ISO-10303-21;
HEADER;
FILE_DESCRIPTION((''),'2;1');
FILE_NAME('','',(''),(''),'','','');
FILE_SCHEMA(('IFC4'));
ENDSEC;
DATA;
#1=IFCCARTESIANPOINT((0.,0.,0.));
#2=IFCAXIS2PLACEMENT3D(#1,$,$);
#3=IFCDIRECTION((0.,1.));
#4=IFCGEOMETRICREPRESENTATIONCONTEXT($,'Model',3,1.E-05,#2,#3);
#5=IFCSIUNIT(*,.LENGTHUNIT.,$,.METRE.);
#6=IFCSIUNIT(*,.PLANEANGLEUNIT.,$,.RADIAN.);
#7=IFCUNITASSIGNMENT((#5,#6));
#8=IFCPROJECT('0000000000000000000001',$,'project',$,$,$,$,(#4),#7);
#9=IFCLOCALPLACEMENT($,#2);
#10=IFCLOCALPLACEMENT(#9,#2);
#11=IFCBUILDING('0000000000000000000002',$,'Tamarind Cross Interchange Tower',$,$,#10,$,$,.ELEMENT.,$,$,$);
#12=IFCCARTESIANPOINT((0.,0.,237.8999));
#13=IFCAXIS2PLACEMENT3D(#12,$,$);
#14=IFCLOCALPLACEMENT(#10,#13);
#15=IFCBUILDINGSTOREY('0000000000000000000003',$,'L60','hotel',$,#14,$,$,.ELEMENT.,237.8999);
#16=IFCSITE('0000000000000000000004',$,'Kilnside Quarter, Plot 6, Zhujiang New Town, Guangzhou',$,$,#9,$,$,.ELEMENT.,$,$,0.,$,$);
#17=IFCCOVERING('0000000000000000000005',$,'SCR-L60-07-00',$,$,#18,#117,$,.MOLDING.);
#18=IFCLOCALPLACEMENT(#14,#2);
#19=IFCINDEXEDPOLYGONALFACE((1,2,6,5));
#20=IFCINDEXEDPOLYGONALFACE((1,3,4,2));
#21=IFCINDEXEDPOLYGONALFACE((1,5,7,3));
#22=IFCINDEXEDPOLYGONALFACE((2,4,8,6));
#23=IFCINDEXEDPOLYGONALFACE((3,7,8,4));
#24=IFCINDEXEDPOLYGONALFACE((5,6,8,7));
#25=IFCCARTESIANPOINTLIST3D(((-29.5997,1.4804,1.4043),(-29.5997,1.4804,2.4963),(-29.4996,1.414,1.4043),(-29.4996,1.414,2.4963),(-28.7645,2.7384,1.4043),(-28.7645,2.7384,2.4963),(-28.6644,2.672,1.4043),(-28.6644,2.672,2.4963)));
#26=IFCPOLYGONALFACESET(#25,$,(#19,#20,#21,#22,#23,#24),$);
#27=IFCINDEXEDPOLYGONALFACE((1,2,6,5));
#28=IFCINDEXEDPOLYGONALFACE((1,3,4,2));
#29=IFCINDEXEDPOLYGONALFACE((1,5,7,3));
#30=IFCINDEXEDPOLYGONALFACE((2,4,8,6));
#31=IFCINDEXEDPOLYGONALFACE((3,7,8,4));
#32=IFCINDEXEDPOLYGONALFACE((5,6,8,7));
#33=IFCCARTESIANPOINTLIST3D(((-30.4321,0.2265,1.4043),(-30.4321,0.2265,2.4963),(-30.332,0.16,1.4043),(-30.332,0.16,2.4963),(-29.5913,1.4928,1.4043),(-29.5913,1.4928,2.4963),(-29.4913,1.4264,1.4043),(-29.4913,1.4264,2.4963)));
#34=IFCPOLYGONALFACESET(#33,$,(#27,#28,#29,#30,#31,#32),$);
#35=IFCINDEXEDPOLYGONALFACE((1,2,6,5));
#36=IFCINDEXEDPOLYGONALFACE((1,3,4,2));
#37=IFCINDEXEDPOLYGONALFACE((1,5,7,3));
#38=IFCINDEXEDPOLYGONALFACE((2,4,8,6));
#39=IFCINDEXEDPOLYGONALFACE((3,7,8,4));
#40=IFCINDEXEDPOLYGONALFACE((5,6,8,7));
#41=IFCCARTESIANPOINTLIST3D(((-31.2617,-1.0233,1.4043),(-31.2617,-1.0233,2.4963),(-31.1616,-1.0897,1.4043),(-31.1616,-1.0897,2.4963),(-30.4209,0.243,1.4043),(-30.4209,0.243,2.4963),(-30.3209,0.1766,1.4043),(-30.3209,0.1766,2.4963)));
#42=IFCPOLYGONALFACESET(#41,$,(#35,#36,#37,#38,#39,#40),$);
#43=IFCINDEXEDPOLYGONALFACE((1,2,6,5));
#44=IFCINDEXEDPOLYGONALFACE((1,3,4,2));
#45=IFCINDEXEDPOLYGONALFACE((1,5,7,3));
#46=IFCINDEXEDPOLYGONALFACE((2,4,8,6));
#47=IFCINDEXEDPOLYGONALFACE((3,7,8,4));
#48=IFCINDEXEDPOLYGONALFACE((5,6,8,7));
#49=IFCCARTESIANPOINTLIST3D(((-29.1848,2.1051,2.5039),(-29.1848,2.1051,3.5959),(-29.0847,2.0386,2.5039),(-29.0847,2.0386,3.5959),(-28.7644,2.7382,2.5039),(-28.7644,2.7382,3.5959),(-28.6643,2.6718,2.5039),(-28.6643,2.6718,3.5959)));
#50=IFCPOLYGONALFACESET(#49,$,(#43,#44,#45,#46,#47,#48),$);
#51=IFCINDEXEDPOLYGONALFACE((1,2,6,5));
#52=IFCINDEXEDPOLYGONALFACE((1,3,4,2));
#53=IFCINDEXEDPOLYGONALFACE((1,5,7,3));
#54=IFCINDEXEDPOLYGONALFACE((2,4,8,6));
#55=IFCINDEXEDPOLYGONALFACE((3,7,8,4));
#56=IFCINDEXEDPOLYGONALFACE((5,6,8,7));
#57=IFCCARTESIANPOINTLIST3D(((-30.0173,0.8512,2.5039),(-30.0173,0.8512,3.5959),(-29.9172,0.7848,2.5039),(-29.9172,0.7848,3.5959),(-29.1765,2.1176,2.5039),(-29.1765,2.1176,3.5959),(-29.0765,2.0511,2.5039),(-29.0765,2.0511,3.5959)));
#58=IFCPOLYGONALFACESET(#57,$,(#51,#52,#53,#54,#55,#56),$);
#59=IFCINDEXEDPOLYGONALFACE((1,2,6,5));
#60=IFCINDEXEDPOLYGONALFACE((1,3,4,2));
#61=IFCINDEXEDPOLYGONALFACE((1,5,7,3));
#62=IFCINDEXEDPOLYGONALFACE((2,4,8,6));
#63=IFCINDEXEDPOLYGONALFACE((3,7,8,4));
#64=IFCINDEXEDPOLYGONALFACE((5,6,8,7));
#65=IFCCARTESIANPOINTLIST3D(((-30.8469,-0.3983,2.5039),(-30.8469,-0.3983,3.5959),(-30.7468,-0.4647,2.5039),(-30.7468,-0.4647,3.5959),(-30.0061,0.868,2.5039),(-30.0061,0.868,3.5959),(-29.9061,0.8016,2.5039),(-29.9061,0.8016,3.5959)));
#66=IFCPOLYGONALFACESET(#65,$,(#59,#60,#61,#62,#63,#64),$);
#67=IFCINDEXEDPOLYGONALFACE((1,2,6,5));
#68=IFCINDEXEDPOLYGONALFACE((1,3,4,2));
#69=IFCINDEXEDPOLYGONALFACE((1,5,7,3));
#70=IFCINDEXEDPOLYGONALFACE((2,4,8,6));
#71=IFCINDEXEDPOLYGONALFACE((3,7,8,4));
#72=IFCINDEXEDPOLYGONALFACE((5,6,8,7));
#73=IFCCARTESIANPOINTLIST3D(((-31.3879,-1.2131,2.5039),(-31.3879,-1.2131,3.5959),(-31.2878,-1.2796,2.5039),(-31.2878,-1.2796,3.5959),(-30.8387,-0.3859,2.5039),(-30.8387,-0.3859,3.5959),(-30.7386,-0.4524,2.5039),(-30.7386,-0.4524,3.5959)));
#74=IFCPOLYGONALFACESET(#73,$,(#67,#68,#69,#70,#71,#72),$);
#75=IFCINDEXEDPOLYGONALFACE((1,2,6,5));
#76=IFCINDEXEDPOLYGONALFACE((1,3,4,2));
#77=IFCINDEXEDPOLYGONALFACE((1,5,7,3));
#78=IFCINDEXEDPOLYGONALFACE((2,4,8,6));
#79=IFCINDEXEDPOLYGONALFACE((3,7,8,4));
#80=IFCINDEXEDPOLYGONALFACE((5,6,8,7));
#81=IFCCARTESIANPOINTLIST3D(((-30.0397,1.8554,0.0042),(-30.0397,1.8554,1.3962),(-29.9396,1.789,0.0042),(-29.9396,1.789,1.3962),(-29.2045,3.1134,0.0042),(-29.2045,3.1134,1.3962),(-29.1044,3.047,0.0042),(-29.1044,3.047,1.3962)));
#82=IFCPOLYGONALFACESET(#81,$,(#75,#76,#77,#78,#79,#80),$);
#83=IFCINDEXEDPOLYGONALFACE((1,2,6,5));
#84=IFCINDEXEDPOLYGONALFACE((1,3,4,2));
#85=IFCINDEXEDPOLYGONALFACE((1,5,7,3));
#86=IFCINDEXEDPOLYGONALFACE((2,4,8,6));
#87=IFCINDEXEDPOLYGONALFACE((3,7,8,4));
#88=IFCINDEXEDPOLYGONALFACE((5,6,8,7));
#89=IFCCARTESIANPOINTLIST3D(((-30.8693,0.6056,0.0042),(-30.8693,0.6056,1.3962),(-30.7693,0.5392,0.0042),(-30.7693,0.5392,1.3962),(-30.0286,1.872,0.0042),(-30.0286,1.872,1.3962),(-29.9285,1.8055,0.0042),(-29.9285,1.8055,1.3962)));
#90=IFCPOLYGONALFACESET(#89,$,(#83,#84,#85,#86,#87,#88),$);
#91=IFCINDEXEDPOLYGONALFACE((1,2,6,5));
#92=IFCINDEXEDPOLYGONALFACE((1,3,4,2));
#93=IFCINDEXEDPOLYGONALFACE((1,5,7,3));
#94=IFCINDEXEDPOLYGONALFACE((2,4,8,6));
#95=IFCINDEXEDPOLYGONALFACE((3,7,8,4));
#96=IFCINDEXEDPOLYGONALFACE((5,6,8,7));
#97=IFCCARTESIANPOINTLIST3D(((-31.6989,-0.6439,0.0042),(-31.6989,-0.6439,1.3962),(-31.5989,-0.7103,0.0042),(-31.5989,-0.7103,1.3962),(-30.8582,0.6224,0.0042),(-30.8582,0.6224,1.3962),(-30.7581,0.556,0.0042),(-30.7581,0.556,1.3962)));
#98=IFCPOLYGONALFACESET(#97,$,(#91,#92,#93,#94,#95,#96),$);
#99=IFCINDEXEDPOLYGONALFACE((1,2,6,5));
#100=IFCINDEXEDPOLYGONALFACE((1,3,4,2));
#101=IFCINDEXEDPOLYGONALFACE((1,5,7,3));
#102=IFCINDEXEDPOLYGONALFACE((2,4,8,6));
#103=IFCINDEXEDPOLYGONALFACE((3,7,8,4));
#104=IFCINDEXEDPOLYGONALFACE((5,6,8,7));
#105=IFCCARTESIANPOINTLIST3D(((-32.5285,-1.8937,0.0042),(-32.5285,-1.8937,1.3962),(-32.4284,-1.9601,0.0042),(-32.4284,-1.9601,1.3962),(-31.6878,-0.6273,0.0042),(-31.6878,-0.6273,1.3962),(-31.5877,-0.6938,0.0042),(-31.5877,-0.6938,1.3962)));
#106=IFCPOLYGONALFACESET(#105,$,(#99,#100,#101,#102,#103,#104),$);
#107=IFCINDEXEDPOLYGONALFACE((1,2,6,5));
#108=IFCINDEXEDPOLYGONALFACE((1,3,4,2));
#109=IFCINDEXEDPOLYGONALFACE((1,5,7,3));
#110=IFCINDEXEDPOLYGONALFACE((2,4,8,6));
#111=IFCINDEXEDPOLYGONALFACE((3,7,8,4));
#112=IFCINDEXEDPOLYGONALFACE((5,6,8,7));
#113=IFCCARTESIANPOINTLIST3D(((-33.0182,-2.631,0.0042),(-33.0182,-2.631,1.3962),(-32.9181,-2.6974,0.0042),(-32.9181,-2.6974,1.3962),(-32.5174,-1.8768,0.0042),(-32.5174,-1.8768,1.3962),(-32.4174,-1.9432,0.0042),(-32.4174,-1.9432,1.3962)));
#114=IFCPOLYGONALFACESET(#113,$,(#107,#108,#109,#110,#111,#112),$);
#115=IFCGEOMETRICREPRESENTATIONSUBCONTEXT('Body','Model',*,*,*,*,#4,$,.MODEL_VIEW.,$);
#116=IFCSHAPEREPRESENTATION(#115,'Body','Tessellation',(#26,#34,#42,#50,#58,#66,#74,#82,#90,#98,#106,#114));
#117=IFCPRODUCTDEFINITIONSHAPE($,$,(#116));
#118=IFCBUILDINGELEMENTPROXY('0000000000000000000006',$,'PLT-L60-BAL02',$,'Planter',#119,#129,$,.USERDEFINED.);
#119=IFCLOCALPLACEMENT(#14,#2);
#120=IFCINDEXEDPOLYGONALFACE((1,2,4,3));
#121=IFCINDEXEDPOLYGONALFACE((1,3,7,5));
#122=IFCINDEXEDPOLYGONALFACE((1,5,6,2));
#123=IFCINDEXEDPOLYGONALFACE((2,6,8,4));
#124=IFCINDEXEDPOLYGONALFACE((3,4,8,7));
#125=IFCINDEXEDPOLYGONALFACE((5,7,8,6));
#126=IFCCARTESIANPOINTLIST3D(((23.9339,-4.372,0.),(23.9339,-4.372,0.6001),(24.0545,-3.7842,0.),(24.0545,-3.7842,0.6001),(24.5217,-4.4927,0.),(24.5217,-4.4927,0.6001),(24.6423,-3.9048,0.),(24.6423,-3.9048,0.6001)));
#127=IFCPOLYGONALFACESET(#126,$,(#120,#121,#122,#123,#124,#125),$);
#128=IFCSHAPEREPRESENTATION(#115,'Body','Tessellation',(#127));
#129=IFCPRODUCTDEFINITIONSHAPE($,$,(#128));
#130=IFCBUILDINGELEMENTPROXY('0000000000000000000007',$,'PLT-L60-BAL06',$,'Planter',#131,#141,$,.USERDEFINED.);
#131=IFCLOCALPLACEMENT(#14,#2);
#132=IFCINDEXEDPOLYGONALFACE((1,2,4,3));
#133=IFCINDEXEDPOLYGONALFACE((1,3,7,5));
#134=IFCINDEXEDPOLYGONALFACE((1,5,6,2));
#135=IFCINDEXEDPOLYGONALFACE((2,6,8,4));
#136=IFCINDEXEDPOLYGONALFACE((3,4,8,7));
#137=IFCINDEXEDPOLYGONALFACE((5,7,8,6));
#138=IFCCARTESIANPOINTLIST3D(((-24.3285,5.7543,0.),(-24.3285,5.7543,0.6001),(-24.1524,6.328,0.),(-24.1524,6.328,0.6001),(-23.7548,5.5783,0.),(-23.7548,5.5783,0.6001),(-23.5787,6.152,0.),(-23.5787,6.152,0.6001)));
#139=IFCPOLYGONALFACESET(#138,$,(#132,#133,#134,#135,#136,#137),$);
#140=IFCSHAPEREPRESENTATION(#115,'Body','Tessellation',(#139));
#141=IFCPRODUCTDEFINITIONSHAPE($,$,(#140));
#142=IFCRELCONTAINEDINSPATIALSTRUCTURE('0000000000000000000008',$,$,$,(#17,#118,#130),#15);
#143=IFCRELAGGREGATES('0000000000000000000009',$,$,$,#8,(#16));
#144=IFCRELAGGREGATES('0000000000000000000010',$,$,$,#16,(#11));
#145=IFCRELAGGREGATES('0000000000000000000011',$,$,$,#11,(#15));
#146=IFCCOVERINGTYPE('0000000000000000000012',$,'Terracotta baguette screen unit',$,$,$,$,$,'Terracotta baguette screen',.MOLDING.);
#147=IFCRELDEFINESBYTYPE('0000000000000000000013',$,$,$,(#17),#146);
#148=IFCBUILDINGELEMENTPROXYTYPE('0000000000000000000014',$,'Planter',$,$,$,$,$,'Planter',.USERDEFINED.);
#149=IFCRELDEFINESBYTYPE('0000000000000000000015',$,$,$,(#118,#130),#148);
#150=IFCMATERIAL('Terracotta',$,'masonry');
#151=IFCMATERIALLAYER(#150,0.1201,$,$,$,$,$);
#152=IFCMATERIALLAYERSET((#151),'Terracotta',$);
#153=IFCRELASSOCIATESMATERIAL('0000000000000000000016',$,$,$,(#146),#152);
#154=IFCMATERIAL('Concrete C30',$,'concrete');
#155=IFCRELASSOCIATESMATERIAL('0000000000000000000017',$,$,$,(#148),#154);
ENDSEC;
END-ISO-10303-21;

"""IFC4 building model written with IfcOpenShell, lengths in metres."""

from ifc_helpers import new_model, si_unit, direction, frame, origin, origin_2d, place, context, subcontext, project, spatial, rectangle, extrude, material, layer, layer_set, type_object, element, save


model = new_model("IFC4")

# Units and contexts
model_context = context("Model", 3, precision=1e-05, world=origin(), true_north=direction((0.0, 1.0)))
body_context = subcontext(model_context, "Body", "Model", "MODEL_VIEW")
ifc_project = project(units=[si_unit("LENGTHUNIT", "METRE"), si_unit("PLANEANGLEUNIT", "RADIAN")], contexts=[model_context])

# Site, building, storey
site_placement = place(None, origin())
site = spatial("IfcSite", under=ifc_project, at=site_placement, Name="Kilnside Quarter, Plot 6, Zhujiang New Town, Guangzhou", CompositionType="ELEMENT", RefElevation=0.0)
building_placement = place(site_placement, origin())
building = spatial("IfcBuilding", under=site, at=building_placement, Name="Tamarind Cross Interchange Tower", CompositionType="ELEMENT")
storey_placement = place(building_placement, frame((0.0, 0.0, 237.8999)))
storey = spatial("IfcBuildingStorey", under=building, at=storey_placement, Name="L60", Description="hotel", CompositionType="ELEMENT", Elevation=237.8999)

# Covering
ifc_material_1 = material(Name="Terracotta", Category="masonry")
ifc_layer_1 = layer(ifc_material_1, 0.1201)
ifc_layer_set_1 = layer_set([ifc_layer_1], Name="Terracotta")
covering_type = type_object("IfcCoveringType", Name="Terracotta baguette screen unit", ElementType="Terracotta baguette screen", PredefinedType="MOLDING", material=ifc_layer_set_1)
covering_1_placement = place(storey_placement, origin())
element("IfcCovering", 1, at=covering_1_placement, inside=storey, type_object=covering_type, Name="SCR-L60-07-00", PredefinedType="MOLDING", context=body_context, shape_type="SweptSolid", body=[
    extrude(rectangle(XDim=1.51, YDim=0.1201, at=origin_2d()), frame((-29.1321, 2.0762, 1.4043), z_axis=(0.0, 0.0, 1.0), x_axis=(-0.553112, -0.833107, 0.0)), (0.0, 0.0, 1.0), 1.092),
    extrude(rectangle(XDim=1.52, YDim=0.1201, at=origin_2d()), frame((-29.9617, 0.8264, 1.4043), z_axis=(0.0, 0.0, 1.0), x_axis=(-0.553112, -0.833107, 0.0)), (0.0, 0.0, 1.0), 1.092),
    extrude(rectangle(XDim=1.52, YDim=0.1201, at=origin_2d()), frame((-30.7913, -0.4233, 1.4043), z_axis=(0.0, 0.0, 1.0), x_axis=(-0.553112, -0.833107, 0.0)), (0.0, 0.0, 1.0), 1.092),
    extrude(rectangle(XDim=0.76, YDim=0.1201, at=origin_2d()), frame((-28.9246, 2.3884, 2.5039), z_axis=(0.0, 0.0, 1.0), x_axis=(-0.553112, -0.833107, 0.0)), (0.0, 0.0, 1.0), 1.092),
    extrude(rectangle(XDim=1.52, YDim=0.1201, at=origin_2d()), frame((-29.5469, 1.4512, 2.5039), z_axis=(0.0, 0.0, 1.0), x_axis=(-0.553112, -0.833107, 0.0)), (0.0, 0.0, 1.0), 1.092),
    extrude(rectangle(XDim=1.52, YDim=0.1201, at=origin_2d()), frame((-30.3765, 0.2017, 2.5039), z_axis=(0.0, 0.0, 1.0), x_axis=(-0.553112, -0.833107, 0.0)), (0.0, 0.0, 1.0), 1.092),
    extrude(rectangle(XDim=0.9929, YDim=0.1201, at=origin_2d()), frame((-31.0632, -0.8328, 2.5039), z_axis=(0.0, 0.0, 1.0), x_axis=(-0.553112, -0.833107, 0.0)), (0.0, 0.0, 1.0), 1.092),
    extrude(rectangle(XDim=1.51, YDim=0.1201, at=origin_2d()), frame((-29.572, 2.4512, 0.0042), z_axis=(0.0, 0.0, 1.0), x_axis=(-0.553112, -0.833107, 0.0)), (0.0, 0.0, 1.0), 1.3921),
    extrude(rectangle(XDim=1.52, YDim=0.1201, at=origin_2d()), frame((-30.3989, 1.2056, 0.0042), z_axis=(0.0, 0.0, 1.0), x_axis=(-0.553112, -0.833107, 0.0)), (0.0, 0.0, 1.0), 1.3921),
    extrude(rectangle(XDim=1.52, YDim=0.1201, at=origin_2d()), frame((-31.2285, -0.0439, 0.0042), z_axis=(0.0, 0.0, 1.0), x_axis=(-0.553112, -0.833107, 0.0)), (0.0, 0.0, 1.0), 1.3921),
    extrude(rectangle(XDim=1.52, YDim=0.1201, at=origin_2d()), frame((-32.0581, -1.2937, 0.0042), z_axis=(0.0, 0.0, 1.0), x_axis=(-0.553112, -0.833107, 0.0)), (0.0, 0.0, 1.0), 1.3921),
    extrude(rectangle(XDim=0.9053, YDim=0.1201, at=origin_2d()), frame((-32.7178, -2.2871, 0.0042), z_axis=(0.0, 0.0, 1.0), x_axis=(-0.553112, -0.833107, 0.0)), (0.0, 0.0, 1.0), 1.3921),
])

# Building element proxies
ifc_material_2 = material(Name="Concrete C30", Category="concrete")
building_element_proxy_type = type_object("IfcBuildingElementProxyType", Name="Planter", ElementType="Planter", PredefinedType="USERDEFINED", material=ifc_material_2)
proxy_1_placement = place(storey_placement, origin())
element("IfcBuildingElementProxy", 2, at=proxy_1_placement, inside=storey, type_object=building_element_proxy_type, Name="PLT-L60-BAL02", ObjectType="Planter", PredefinedType="USERDEFINED", context=body_context, shape_type="SweptSolid", body=[
    extrude(rectangle(XDim=0.6001, YDim=0.6001, at=origin_2d()), frame((24.2881, -4.1384, 0.0), z_axis=(0.0, 0.0, 1.0), x_axis=(0.201001, 0.979591, 0.0)), (0.0, 0.0, 1.0), 0.6001),
])
proxy_2_placement = place(storey_placement, origin())
element("IfcBuildingElementProxy", 3, at=proxy_2_placement, inside=storey, type_object=building_element_proxy_type, Name="PLT-L60-BAL06", ObjectType="Planter", PredefinedType="USERDEFINED", context=body_context, shape_type="SweptSolid", body=[
    extrude(rectangle(XDim=0.6001, YDim=0.6001, at=origin_2d()), frame((-23.9536, 5.9531, 0.0), z_axis=(0.0, 0.0, 1.0), x_axis=(-0.293333, -0.95601, 0.0)), (0.0, 0.0, 1.0), 0.6001),
])

save(model, "model.ifc")
